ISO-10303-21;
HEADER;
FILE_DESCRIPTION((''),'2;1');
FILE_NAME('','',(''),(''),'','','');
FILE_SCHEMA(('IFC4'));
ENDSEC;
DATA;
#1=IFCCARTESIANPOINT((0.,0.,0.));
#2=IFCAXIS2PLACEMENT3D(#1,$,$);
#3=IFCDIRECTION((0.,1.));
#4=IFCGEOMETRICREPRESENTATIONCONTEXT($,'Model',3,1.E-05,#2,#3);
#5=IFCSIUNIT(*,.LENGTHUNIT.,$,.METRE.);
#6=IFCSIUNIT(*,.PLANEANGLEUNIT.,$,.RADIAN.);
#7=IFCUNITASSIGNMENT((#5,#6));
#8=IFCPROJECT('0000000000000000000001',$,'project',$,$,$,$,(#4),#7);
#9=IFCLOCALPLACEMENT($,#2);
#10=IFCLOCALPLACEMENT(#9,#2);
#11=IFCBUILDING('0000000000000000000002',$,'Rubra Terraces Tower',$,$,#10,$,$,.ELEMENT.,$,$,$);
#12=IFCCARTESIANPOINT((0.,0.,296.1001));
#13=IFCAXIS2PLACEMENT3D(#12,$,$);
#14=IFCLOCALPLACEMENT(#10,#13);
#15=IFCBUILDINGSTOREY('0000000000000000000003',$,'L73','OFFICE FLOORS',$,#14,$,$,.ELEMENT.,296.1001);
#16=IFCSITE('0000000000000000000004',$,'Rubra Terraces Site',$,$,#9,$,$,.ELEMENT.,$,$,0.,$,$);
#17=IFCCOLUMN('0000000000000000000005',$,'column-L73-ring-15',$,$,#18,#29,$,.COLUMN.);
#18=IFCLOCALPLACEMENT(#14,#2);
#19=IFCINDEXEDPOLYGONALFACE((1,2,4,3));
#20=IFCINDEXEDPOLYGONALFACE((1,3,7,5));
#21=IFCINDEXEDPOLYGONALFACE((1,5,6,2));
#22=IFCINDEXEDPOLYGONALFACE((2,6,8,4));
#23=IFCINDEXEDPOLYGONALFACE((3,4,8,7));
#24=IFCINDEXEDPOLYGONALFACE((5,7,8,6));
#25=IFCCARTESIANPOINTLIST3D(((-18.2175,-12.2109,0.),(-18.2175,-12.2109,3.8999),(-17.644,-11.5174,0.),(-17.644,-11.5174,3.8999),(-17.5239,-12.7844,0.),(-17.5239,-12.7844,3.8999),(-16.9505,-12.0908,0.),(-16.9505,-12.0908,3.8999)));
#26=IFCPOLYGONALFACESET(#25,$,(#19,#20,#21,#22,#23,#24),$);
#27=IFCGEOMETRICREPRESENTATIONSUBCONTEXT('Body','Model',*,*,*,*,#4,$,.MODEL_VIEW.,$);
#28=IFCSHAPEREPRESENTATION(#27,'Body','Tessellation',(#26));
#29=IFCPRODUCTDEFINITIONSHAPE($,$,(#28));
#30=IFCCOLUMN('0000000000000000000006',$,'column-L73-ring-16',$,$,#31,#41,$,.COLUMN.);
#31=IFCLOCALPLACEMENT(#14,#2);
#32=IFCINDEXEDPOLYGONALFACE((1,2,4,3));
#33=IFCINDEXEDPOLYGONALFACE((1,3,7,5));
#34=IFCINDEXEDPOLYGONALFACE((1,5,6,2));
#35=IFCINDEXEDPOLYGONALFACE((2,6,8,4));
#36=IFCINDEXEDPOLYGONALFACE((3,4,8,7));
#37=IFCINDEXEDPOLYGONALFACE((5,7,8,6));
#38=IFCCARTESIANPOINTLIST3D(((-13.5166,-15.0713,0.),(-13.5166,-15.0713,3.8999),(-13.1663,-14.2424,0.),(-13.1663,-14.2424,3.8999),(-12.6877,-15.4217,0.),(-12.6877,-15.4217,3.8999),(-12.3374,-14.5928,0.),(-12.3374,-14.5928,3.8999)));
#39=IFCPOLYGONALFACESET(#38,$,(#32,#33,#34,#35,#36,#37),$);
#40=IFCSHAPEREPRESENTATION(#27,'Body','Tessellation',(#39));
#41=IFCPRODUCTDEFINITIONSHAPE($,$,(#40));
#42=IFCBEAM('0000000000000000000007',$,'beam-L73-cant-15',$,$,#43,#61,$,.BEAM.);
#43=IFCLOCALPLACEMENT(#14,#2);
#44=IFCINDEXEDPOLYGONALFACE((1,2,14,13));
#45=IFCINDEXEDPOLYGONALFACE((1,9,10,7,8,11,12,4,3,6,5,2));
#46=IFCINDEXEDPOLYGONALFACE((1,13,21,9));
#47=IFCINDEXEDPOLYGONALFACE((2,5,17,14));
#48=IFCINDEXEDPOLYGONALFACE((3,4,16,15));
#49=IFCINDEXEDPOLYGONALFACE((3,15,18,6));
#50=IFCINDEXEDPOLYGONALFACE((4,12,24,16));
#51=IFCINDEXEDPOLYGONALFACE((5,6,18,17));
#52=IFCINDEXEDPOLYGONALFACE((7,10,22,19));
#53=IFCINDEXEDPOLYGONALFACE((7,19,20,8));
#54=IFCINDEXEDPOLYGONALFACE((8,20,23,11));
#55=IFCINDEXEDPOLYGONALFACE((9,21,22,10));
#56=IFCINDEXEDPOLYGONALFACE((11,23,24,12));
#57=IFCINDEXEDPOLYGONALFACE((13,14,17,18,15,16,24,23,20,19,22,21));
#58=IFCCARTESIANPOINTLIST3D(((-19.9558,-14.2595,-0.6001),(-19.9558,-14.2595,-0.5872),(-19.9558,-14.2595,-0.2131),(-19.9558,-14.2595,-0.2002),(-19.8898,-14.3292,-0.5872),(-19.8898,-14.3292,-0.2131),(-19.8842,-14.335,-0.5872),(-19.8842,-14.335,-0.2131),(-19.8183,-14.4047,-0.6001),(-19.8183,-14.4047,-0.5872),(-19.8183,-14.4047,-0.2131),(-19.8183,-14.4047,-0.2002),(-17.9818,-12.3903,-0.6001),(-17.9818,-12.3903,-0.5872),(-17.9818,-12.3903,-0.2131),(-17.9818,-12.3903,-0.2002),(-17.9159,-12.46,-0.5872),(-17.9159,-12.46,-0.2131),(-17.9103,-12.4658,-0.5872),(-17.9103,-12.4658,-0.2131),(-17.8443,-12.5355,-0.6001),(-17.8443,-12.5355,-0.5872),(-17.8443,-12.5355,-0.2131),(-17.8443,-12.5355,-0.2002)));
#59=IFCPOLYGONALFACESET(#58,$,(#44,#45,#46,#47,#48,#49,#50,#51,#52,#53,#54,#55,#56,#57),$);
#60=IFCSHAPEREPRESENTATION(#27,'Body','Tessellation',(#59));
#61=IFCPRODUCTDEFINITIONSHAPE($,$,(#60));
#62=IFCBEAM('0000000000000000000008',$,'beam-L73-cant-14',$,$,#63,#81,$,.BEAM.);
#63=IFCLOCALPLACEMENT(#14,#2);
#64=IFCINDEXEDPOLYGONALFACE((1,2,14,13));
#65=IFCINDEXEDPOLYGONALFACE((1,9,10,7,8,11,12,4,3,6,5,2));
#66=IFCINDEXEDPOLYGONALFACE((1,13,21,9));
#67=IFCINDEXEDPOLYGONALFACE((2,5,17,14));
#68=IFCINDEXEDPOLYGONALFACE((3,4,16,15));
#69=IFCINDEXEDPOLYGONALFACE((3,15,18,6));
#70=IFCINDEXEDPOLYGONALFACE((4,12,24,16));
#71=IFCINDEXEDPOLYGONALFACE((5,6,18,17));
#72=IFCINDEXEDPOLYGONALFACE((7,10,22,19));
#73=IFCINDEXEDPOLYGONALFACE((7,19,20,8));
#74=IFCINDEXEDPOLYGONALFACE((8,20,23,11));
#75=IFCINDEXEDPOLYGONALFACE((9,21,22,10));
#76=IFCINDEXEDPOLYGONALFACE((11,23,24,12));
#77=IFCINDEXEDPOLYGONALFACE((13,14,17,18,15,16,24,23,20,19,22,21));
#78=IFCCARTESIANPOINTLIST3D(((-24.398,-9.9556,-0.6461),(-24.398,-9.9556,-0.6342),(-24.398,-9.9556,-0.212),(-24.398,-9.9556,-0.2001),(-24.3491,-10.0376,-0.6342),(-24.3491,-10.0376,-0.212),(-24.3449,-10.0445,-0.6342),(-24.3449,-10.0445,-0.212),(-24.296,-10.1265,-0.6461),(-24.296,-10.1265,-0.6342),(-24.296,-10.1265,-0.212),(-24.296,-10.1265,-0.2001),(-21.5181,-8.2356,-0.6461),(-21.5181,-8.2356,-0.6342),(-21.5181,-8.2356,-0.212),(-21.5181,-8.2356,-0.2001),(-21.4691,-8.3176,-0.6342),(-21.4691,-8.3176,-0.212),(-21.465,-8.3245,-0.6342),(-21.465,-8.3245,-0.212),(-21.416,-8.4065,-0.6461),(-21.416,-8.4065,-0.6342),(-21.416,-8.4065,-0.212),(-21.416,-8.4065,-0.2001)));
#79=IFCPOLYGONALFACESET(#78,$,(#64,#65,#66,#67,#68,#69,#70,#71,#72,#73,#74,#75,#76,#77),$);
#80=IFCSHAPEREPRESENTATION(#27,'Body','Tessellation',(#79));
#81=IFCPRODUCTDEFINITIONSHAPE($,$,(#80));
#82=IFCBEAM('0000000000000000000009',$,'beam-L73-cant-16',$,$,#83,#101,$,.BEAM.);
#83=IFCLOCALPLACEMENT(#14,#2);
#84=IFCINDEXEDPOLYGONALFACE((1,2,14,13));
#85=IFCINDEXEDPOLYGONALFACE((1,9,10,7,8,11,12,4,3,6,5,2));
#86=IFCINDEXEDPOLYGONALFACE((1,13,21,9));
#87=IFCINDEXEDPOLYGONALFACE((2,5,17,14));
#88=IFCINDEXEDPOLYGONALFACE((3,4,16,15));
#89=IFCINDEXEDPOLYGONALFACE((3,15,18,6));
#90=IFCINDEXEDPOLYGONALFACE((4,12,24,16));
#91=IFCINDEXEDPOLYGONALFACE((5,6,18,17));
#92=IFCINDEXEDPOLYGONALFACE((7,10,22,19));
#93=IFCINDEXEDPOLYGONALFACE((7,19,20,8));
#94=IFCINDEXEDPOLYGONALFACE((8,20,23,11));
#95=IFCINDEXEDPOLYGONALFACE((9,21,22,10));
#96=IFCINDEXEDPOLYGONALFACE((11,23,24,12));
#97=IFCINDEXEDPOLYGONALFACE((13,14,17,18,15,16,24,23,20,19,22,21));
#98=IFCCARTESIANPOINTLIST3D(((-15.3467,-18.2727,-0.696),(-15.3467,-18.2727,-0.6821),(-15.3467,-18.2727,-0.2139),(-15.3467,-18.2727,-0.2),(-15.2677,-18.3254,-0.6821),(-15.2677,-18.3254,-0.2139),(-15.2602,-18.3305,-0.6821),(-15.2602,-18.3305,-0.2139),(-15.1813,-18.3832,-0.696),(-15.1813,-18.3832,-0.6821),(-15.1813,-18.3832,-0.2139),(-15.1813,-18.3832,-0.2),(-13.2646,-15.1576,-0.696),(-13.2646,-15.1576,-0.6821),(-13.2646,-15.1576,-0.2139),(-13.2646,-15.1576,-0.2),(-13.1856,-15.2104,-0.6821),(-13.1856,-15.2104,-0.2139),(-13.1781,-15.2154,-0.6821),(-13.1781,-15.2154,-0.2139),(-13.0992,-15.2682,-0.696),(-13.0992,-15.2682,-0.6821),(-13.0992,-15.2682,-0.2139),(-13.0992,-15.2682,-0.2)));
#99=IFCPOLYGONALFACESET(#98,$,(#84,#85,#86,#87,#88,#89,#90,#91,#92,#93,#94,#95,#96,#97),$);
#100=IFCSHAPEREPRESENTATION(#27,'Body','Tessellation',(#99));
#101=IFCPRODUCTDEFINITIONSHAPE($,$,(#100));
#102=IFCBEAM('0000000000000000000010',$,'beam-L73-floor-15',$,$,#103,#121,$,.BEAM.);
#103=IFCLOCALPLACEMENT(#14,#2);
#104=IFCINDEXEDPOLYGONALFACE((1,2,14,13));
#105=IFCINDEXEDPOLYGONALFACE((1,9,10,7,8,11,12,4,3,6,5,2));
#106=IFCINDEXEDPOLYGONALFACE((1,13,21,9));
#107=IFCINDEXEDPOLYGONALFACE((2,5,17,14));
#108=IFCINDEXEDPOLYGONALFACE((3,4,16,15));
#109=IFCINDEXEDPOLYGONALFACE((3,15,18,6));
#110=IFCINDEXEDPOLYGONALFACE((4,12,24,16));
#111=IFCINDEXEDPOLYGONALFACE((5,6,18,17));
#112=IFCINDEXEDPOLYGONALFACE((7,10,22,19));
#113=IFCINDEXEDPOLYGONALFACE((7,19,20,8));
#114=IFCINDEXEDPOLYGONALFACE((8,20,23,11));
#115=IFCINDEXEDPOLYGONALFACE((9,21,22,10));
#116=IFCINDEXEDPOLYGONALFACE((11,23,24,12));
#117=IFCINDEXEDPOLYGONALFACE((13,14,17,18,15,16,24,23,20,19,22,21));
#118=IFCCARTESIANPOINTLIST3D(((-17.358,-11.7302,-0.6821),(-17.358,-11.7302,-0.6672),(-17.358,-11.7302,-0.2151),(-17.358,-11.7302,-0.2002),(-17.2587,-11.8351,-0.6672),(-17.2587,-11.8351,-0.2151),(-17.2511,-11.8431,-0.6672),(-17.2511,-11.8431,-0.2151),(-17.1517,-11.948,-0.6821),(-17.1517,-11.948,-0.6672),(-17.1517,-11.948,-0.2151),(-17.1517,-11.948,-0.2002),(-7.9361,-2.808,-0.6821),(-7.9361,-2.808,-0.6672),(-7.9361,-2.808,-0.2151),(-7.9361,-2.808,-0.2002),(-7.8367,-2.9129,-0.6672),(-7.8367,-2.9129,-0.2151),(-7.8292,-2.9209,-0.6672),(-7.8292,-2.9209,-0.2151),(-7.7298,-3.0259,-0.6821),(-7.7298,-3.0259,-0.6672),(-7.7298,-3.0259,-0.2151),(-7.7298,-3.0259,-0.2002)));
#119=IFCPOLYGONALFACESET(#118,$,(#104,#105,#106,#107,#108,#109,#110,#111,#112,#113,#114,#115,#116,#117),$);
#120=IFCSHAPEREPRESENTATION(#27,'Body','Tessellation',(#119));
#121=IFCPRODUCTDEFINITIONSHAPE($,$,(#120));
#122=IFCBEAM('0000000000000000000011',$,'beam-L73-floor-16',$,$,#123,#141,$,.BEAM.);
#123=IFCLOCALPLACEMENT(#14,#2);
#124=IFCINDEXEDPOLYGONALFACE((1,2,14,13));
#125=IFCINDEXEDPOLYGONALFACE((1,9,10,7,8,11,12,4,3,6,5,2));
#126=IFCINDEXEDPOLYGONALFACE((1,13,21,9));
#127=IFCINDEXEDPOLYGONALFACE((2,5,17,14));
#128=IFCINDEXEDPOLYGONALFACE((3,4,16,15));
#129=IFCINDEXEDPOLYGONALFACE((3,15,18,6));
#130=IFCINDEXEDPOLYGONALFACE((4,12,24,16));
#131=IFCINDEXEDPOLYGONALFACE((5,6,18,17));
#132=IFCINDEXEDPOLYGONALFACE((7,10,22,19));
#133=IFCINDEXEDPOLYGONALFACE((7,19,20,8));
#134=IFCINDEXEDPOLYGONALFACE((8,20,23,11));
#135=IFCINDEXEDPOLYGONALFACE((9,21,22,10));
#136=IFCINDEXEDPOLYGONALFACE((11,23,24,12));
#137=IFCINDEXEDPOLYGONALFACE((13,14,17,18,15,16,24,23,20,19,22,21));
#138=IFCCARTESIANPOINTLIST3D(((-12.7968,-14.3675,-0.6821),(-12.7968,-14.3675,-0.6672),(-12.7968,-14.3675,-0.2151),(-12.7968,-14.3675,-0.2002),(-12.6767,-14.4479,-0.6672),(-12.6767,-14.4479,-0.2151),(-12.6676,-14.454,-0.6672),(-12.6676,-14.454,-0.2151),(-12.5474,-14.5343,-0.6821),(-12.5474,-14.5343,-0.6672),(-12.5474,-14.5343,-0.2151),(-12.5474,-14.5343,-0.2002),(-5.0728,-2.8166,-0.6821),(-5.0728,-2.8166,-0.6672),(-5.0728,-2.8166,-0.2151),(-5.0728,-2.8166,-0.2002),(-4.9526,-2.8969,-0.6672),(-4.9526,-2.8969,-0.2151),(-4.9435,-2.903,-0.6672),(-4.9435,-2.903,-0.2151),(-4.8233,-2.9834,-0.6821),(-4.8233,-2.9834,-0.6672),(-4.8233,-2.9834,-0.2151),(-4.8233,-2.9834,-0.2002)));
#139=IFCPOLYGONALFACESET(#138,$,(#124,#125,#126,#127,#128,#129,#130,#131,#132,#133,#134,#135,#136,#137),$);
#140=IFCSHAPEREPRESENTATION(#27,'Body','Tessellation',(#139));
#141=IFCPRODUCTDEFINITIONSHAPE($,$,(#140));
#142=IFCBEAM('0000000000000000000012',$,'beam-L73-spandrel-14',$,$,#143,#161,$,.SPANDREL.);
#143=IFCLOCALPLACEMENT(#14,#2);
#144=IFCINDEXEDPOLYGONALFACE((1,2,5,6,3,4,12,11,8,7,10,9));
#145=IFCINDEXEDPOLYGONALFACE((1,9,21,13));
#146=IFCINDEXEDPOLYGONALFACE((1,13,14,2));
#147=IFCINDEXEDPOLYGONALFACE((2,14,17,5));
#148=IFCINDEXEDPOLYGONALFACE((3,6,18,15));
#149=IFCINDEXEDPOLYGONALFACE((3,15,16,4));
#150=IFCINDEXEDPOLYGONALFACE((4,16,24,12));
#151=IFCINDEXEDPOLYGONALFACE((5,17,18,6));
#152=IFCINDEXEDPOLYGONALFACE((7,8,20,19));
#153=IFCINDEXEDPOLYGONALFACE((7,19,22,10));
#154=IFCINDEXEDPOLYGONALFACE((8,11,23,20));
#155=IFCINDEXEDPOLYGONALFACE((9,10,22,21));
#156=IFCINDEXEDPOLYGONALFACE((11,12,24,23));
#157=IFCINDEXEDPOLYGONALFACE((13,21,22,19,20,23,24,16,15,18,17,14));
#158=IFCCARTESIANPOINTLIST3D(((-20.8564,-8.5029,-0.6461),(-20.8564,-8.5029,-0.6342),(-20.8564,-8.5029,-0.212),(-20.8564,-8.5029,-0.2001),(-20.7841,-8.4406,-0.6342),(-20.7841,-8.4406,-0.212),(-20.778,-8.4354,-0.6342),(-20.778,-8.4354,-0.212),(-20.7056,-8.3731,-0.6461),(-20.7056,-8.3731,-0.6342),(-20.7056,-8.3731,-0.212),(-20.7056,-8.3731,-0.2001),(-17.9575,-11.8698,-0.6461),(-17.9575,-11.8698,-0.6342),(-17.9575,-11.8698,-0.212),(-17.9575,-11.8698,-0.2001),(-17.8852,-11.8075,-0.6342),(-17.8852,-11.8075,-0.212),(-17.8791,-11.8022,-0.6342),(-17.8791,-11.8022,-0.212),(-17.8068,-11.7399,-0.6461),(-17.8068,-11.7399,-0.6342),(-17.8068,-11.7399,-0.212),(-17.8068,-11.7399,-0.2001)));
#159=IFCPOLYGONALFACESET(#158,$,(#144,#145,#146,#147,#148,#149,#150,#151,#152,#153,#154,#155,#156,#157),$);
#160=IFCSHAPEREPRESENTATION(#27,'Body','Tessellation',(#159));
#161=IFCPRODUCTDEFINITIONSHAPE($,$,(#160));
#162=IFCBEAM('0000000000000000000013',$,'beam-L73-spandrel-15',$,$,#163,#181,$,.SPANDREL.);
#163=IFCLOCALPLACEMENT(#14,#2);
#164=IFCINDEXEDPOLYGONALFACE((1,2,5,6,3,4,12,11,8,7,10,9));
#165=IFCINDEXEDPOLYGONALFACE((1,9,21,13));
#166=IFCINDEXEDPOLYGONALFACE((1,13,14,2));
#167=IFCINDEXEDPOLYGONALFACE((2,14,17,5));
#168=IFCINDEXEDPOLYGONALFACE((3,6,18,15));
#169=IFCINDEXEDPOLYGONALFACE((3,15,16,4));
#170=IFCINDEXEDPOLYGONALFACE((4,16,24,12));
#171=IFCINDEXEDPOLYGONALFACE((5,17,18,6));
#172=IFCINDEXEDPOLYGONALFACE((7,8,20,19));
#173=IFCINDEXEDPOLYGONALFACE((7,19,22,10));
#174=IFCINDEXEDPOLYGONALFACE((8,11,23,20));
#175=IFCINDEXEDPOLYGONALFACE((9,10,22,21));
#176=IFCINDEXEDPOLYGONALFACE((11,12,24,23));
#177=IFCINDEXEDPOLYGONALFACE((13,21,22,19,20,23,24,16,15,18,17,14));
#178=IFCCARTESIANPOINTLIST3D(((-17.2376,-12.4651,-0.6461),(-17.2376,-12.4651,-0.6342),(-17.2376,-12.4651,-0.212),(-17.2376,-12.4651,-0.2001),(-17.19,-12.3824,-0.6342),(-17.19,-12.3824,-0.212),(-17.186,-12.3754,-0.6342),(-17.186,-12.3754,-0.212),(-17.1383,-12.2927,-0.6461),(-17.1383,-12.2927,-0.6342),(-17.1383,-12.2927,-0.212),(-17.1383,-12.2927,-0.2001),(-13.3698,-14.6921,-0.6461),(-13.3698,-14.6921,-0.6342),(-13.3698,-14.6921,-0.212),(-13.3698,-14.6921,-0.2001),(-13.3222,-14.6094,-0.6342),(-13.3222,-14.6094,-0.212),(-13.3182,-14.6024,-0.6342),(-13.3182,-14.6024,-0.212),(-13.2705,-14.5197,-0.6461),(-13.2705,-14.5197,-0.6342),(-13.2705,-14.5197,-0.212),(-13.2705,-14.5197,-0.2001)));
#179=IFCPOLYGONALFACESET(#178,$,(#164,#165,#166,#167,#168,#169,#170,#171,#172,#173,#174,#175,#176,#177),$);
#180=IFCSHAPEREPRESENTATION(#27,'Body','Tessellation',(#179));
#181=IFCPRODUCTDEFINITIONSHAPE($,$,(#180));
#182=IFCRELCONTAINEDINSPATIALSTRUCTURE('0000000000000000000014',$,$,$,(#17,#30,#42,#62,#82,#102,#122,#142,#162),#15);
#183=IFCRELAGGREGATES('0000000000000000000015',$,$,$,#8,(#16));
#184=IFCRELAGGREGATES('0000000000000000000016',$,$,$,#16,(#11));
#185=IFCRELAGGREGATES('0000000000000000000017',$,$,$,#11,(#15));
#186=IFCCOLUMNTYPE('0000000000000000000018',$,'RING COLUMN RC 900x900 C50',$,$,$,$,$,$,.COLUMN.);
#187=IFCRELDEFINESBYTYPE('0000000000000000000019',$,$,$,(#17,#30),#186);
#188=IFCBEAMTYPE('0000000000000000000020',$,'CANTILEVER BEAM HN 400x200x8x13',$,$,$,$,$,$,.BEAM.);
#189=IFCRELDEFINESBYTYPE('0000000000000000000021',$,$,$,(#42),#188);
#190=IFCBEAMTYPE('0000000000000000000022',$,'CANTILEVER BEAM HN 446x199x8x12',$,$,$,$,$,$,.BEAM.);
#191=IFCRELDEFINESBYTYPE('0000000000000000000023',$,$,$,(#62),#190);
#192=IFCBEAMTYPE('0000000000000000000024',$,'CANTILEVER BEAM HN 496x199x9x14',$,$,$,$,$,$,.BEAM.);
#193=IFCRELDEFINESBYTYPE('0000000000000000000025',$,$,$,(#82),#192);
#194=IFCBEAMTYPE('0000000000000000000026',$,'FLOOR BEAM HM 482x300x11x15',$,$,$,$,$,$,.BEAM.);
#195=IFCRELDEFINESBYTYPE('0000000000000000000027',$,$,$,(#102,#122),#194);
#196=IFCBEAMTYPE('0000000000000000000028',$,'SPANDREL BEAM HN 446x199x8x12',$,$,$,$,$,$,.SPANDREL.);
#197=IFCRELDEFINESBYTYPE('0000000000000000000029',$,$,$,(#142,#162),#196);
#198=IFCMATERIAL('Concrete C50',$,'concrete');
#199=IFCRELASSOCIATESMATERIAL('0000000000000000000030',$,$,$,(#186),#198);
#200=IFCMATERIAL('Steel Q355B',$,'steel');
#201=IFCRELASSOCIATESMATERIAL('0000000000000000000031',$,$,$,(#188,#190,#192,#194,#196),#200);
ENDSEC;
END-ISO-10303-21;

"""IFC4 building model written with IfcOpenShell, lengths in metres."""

from ifc_helpers import new_model, si_unit, direction, frame, origin, origin_2d, place, context, subcontext, project, spatial, rectangle, i_section, extrude, material, material_profile, profile_set, type_object, element, save


model = new_model("IFC4")

# Units and contexts
model_context = context("Model", 3, precision=1e-05, world=origin(), true_north=direction((0.0, 1.0)))
body_context = subcontext(model_context, "Body", "Model", "MODEL_VIEW")
ifc_project = project(units=[si_unit("LENGTHUNIT", "METRE"), si_unit("PLANEANGLEUNIT", "RADIAN")], contexts=[model_context])

# Site, building, storey
site_placement = place(None, origin())
site = spatial("IfcSite", under=ifc_project, at=site_placement, Name="Rubra Terraces Site", CompositionType="ELEMENT", RefElevation=0.0)
building_placement = place(site_placement, origin())
building = spatial("IfcBuilding", under=site, at=building_placement, Name="Rubra Terraces Tower", CompositionType="ELEMENT")
storey_placement = place(building_placement, frame((0.0, 0.0, 296.1001)))
storey = spatial("IfcBuildingStorey", under=building, at=storey_placement, Name="L73", Description="OFFICE FLOORS", CompositionType="ELEMENT", Elevation=296.1001)

# Columns
ifc_material_1 = material(Name="Concrete C50", Category="concrete")
ifc_material_profile_1 = material_profile(ifc_material_1, rectangle(XDim=0.8999, YDim=0.8999, at=origin_2d()), Name="RC 900x900")
ifc_profile_set_1 = profile_set([ifc_material_profile_1], Name="Concrete C50")
column_type = type_object("IfcColumnType", Name="RING COLUMN RC 900x900 C50", PredefinedType="COLUMN", material=ifc_profile_set_1)
for number, where, z_axis, x_axis, name in (
    (1, (-17.584, -12.1509, 0.0), (0.0, 0.0, 1.0), (0.770679, -0.637223, 0.0), "column-L73-ring-15"),
    (2, (-12.927, -14.832, 0.0), (0.0, 0.0, 1.0), (0.921106, -0.389313, 0.0), "column-L73-ring-16"),
):
    element("IfcColumn", number, at=place(storey_placement, frame(where, z_axis=z_axis, x_axis=x_axis)), inside=storey, type_object=column_type, Name=name, PredefinedType="COLUMN", context=body_context, shape_type="SweptSolid", body=[
        extrude(rectangle(XDim=0.8999, YDim=0.8999, at=origin_2d()), origin(), (0.0, 0.0, 1.0), 3.8999),
    ])

# Beams
ifc_material_2 = material(Name="Steel Q355B", Category="steel")
ifc_material_profile_2 = material_profile(ifc_material_2, i_section(OverallWidth=0.2, OverallDepth=0.3999, WebThickness=0.0081, FlangeThickness=0.0129, at=origin_2d()), Name="HN 400x200x8x13")
ifc_profile_set_2 = profile_set([ifc_material_profile_2], Name="Steel Q355B")
beam_type_1 = type_object("IfcBeamType", Name="CANTILEVER BEAM HN 400x200x8x13", PredefinedType="BEAM", material=ifc_profile_set_2)
beam_1_placement = place(storey_placement, frame((-17.9131, -12.4629, -0.4001), z_axis=(-0.726108, -0.68758, 0.0), x_axis=(0.68758, -0.726108, 0.0)))
element("IfcBeam", 3, at=beam_1_placement, inside=storey, type_object=beam_type_1, Name="beam-L73-cant-15", PredefinedType="BEAM", context=body_context, shape_type="SweptSolid", body=[
    extrude(i_section(OverallWidth=0.2, OverallDepth=0.3999, WebThickness=0.0081, FlangeThickness=0.0129, at=origin_2d()), origin(), (0.0, 0.0, 1.0), 2.7185),
])
ifc_material_profile_3 = material_profile(ifc_material_2, i_section(OverallWidth=0.199, OverallDepth=0.446, WebThickness=0.0081, FlangeThickness=0.012, at=origin_2d()), Name="HN 446x199x8x12")
ifc_profile_set_3 = profile_set([ifc_material_profile_3], Name="Steel Q355B")
beam_type_2 = type_object("IfcBeamType", Name="CANTILEVER BEAM HN 446x199x8x12", PredefinedType="BEAM", material=ifc_profile_set_3)
beam_2_placement = place(storey_placement, frame((-21.467, -8.321, -0.4231), z_axis=(-0.858538, -0.51275, 0.0), x_axis=(0.51275, -0.858538, 0.0)))
element("IfcBeam", 4, at=beam_2_placement, inside=storey, type_object=beam_type_2, Name="beam-L73-cant-14", PredefinedType="BEAM", context=body_context, shape_type="SweptSolid", body=[
    extrude(i_section(OverallWidth=0.199, OverallDepth=0.446, WebThickness=0.0081, FlangeThickness=0.012, at=origin_2d()), origin(), (0.0, 0.0, 1.0), 3.3545),
])
ifc_material_profile_4 = material_profile(ifc_material_2, i_section(OverallWidth=0.199, OverallDepth=0.4961, WebThickness=0.009, FlangeThickness=0.0139, at=origin_2d()), Name="HN 496x199x9x14")
ifc_profile_set_4 = profile_set([ifc_material_profile_4], Name="Steel Q355B")
beam_type_3 = type_object("IfcBeamType", Name="CANTILEVER BEAM HN 496x199x9x14", PredefinedType="BEAM", material=ifc_profile_set_4)
beam_3_placement = place(storey_placement, frame((-13.1819, -15.2129, -0.448), z_axis=(-0.555692, -0.831388, 0.0), x_axis=(0.831388, -0.555692, 0.0)))
element("IfcBeam", 5, at=beam_3_placement, inside=storey, type_object=beam_type_3, Name="beam-L73-cant-16", PredefinedType="BEAM", context=body_context, shape_type="SweptSolid", body=[
    extrude(i_section(OverallWidth=0.199, OverallDepth=0.4961, WebThickness=0.009, FlangeThickness=0.0139, at=origin_2d()), origin(), (0.0, 0.0, 1.0), 3.7468),
])
ifc_material_profile_5 = material_profile(ifc_material_2, i_section(OverallWidth=0.3, OverallDepth=0.4819, WebThickness=0.011, FlangeThickness=0.0149, at=origin_2d()), Name="HM 482x300x11x15")
ifc_profile_set_5 = profile_set([ifc_material_profile_5], Name="Steel Q355B")
beam_type_4 = type_object("IfcBeamType", Name="FLOOR BEAM HM 482x300x11x15", PredefinedType="BEAM", material=ifc_profile_set_5)
beam_4_placement = place(storey_placement, frame((-17.2549, -11.8391, -0.4412), z_axis=(0.726101, 0.687588, 0.0), x_axis=(-0.687588, 0.726101, 0.0)))
element("IfcBeam", 6, at=beam_4_placement, inside=storey, type_object=beam_type_4, Name="beam-L73-floor-15", PredefinedType="BEAM", context=body_context, shape_type="SweptSolid", body=[
    extrude(i_section(OverallWidth=0.3, OverallDepth=0.4819, WebThickness=0.011, FlangeThickness=0.0149, at=origin_2d()), origin(), (0.0, 0.0, 1.0), 12.9761),
])
beam_5_placement = place(storey_placement, frame((-12.6721, -14.4509, -0.4412), z_axis=(0.555867, 0.831271, 0.0), x_axis=(-0.831271, 0.555867, 0.0)))
element("IfcBeam", 7, at=beam_5_placement, inside=storey, type_object=beam_type_4, Name="beam-L73-floor-16", PredefinedType="BEAM", context=body_context, shape_type="SweptSolid", body=[
    extrude(i_section(OverallWidth=0.3, OverallDepth=0.4819, WebThickness=0.011, FlangeThickness=0.0149, at=origin_2d()), origin(), (0.0, 0.0, 1.0), 13.8955),
])
ifc_material_profile_6 = material_profile(ifc_material_2, i_section(OverallWidth=0.199, OverallDepth=0.446, WebThickness=0.0081, FlangeThickness=0.012, at=origin_2d()), Name="HN 446x199x8x12")
ifc_profile_set_6 = profile_set([ifc_material_profile_6], Name="Steel Q355B")
beam_type_5 = type_object("IfcBeamType", Name="SPANDREL BEAM HN 446x199x8x12", PredefinedType="SPANDREL", material=ifc_profile_set_6)
beam_6_placement = place(storey_placement, frame((-20.781, -8.438, -0.4231), z_axis=(0.652473, -0.757812, 0.0), x_axis=(0.757812, 0.652473, 0.0)))
element("IfcBeam", 8, at=beam_6_placement, inside=storey, type_object=beam_type_5, Name="beam-L73-spandrel-14", PredefinedType="SPANDREL", context=body_context, shape_type="SweptSolid", body=[
    extrude(i_section(OverallWidth=0.199, OverallDepth=0.446, WebThickness=0.0081, FlangeThickness=0.012, at=origin_2d()), origin(), (0.0, 0.0, 1.0), 4.4429),
])
beam_7_placement = place(storey_placement, frame((-17.188, -12.3789, -0.4231), z_axis=(0.866616, -0.498976, 0.0), x_axis=(0.498976, 0.866616, 0.0)))
element("IfcBeam", 9, at=beam_7_placement, inside=storey, type_object=beam_type_5, Name="beam-L73-spandrel-15", PredefinedType="SPANDREL", context=body_context, shape_type="SweptSolid", body=[
    extrude(i_section(OverallWidth=0.199, OverallDepth=0.446, WebThickness=0.0081, FlangeThickness=0.012, at=origin_2d()), origin(), (0.0, 0.0, 1.0), 4.4631),
])

save(model, "model.ifc")
